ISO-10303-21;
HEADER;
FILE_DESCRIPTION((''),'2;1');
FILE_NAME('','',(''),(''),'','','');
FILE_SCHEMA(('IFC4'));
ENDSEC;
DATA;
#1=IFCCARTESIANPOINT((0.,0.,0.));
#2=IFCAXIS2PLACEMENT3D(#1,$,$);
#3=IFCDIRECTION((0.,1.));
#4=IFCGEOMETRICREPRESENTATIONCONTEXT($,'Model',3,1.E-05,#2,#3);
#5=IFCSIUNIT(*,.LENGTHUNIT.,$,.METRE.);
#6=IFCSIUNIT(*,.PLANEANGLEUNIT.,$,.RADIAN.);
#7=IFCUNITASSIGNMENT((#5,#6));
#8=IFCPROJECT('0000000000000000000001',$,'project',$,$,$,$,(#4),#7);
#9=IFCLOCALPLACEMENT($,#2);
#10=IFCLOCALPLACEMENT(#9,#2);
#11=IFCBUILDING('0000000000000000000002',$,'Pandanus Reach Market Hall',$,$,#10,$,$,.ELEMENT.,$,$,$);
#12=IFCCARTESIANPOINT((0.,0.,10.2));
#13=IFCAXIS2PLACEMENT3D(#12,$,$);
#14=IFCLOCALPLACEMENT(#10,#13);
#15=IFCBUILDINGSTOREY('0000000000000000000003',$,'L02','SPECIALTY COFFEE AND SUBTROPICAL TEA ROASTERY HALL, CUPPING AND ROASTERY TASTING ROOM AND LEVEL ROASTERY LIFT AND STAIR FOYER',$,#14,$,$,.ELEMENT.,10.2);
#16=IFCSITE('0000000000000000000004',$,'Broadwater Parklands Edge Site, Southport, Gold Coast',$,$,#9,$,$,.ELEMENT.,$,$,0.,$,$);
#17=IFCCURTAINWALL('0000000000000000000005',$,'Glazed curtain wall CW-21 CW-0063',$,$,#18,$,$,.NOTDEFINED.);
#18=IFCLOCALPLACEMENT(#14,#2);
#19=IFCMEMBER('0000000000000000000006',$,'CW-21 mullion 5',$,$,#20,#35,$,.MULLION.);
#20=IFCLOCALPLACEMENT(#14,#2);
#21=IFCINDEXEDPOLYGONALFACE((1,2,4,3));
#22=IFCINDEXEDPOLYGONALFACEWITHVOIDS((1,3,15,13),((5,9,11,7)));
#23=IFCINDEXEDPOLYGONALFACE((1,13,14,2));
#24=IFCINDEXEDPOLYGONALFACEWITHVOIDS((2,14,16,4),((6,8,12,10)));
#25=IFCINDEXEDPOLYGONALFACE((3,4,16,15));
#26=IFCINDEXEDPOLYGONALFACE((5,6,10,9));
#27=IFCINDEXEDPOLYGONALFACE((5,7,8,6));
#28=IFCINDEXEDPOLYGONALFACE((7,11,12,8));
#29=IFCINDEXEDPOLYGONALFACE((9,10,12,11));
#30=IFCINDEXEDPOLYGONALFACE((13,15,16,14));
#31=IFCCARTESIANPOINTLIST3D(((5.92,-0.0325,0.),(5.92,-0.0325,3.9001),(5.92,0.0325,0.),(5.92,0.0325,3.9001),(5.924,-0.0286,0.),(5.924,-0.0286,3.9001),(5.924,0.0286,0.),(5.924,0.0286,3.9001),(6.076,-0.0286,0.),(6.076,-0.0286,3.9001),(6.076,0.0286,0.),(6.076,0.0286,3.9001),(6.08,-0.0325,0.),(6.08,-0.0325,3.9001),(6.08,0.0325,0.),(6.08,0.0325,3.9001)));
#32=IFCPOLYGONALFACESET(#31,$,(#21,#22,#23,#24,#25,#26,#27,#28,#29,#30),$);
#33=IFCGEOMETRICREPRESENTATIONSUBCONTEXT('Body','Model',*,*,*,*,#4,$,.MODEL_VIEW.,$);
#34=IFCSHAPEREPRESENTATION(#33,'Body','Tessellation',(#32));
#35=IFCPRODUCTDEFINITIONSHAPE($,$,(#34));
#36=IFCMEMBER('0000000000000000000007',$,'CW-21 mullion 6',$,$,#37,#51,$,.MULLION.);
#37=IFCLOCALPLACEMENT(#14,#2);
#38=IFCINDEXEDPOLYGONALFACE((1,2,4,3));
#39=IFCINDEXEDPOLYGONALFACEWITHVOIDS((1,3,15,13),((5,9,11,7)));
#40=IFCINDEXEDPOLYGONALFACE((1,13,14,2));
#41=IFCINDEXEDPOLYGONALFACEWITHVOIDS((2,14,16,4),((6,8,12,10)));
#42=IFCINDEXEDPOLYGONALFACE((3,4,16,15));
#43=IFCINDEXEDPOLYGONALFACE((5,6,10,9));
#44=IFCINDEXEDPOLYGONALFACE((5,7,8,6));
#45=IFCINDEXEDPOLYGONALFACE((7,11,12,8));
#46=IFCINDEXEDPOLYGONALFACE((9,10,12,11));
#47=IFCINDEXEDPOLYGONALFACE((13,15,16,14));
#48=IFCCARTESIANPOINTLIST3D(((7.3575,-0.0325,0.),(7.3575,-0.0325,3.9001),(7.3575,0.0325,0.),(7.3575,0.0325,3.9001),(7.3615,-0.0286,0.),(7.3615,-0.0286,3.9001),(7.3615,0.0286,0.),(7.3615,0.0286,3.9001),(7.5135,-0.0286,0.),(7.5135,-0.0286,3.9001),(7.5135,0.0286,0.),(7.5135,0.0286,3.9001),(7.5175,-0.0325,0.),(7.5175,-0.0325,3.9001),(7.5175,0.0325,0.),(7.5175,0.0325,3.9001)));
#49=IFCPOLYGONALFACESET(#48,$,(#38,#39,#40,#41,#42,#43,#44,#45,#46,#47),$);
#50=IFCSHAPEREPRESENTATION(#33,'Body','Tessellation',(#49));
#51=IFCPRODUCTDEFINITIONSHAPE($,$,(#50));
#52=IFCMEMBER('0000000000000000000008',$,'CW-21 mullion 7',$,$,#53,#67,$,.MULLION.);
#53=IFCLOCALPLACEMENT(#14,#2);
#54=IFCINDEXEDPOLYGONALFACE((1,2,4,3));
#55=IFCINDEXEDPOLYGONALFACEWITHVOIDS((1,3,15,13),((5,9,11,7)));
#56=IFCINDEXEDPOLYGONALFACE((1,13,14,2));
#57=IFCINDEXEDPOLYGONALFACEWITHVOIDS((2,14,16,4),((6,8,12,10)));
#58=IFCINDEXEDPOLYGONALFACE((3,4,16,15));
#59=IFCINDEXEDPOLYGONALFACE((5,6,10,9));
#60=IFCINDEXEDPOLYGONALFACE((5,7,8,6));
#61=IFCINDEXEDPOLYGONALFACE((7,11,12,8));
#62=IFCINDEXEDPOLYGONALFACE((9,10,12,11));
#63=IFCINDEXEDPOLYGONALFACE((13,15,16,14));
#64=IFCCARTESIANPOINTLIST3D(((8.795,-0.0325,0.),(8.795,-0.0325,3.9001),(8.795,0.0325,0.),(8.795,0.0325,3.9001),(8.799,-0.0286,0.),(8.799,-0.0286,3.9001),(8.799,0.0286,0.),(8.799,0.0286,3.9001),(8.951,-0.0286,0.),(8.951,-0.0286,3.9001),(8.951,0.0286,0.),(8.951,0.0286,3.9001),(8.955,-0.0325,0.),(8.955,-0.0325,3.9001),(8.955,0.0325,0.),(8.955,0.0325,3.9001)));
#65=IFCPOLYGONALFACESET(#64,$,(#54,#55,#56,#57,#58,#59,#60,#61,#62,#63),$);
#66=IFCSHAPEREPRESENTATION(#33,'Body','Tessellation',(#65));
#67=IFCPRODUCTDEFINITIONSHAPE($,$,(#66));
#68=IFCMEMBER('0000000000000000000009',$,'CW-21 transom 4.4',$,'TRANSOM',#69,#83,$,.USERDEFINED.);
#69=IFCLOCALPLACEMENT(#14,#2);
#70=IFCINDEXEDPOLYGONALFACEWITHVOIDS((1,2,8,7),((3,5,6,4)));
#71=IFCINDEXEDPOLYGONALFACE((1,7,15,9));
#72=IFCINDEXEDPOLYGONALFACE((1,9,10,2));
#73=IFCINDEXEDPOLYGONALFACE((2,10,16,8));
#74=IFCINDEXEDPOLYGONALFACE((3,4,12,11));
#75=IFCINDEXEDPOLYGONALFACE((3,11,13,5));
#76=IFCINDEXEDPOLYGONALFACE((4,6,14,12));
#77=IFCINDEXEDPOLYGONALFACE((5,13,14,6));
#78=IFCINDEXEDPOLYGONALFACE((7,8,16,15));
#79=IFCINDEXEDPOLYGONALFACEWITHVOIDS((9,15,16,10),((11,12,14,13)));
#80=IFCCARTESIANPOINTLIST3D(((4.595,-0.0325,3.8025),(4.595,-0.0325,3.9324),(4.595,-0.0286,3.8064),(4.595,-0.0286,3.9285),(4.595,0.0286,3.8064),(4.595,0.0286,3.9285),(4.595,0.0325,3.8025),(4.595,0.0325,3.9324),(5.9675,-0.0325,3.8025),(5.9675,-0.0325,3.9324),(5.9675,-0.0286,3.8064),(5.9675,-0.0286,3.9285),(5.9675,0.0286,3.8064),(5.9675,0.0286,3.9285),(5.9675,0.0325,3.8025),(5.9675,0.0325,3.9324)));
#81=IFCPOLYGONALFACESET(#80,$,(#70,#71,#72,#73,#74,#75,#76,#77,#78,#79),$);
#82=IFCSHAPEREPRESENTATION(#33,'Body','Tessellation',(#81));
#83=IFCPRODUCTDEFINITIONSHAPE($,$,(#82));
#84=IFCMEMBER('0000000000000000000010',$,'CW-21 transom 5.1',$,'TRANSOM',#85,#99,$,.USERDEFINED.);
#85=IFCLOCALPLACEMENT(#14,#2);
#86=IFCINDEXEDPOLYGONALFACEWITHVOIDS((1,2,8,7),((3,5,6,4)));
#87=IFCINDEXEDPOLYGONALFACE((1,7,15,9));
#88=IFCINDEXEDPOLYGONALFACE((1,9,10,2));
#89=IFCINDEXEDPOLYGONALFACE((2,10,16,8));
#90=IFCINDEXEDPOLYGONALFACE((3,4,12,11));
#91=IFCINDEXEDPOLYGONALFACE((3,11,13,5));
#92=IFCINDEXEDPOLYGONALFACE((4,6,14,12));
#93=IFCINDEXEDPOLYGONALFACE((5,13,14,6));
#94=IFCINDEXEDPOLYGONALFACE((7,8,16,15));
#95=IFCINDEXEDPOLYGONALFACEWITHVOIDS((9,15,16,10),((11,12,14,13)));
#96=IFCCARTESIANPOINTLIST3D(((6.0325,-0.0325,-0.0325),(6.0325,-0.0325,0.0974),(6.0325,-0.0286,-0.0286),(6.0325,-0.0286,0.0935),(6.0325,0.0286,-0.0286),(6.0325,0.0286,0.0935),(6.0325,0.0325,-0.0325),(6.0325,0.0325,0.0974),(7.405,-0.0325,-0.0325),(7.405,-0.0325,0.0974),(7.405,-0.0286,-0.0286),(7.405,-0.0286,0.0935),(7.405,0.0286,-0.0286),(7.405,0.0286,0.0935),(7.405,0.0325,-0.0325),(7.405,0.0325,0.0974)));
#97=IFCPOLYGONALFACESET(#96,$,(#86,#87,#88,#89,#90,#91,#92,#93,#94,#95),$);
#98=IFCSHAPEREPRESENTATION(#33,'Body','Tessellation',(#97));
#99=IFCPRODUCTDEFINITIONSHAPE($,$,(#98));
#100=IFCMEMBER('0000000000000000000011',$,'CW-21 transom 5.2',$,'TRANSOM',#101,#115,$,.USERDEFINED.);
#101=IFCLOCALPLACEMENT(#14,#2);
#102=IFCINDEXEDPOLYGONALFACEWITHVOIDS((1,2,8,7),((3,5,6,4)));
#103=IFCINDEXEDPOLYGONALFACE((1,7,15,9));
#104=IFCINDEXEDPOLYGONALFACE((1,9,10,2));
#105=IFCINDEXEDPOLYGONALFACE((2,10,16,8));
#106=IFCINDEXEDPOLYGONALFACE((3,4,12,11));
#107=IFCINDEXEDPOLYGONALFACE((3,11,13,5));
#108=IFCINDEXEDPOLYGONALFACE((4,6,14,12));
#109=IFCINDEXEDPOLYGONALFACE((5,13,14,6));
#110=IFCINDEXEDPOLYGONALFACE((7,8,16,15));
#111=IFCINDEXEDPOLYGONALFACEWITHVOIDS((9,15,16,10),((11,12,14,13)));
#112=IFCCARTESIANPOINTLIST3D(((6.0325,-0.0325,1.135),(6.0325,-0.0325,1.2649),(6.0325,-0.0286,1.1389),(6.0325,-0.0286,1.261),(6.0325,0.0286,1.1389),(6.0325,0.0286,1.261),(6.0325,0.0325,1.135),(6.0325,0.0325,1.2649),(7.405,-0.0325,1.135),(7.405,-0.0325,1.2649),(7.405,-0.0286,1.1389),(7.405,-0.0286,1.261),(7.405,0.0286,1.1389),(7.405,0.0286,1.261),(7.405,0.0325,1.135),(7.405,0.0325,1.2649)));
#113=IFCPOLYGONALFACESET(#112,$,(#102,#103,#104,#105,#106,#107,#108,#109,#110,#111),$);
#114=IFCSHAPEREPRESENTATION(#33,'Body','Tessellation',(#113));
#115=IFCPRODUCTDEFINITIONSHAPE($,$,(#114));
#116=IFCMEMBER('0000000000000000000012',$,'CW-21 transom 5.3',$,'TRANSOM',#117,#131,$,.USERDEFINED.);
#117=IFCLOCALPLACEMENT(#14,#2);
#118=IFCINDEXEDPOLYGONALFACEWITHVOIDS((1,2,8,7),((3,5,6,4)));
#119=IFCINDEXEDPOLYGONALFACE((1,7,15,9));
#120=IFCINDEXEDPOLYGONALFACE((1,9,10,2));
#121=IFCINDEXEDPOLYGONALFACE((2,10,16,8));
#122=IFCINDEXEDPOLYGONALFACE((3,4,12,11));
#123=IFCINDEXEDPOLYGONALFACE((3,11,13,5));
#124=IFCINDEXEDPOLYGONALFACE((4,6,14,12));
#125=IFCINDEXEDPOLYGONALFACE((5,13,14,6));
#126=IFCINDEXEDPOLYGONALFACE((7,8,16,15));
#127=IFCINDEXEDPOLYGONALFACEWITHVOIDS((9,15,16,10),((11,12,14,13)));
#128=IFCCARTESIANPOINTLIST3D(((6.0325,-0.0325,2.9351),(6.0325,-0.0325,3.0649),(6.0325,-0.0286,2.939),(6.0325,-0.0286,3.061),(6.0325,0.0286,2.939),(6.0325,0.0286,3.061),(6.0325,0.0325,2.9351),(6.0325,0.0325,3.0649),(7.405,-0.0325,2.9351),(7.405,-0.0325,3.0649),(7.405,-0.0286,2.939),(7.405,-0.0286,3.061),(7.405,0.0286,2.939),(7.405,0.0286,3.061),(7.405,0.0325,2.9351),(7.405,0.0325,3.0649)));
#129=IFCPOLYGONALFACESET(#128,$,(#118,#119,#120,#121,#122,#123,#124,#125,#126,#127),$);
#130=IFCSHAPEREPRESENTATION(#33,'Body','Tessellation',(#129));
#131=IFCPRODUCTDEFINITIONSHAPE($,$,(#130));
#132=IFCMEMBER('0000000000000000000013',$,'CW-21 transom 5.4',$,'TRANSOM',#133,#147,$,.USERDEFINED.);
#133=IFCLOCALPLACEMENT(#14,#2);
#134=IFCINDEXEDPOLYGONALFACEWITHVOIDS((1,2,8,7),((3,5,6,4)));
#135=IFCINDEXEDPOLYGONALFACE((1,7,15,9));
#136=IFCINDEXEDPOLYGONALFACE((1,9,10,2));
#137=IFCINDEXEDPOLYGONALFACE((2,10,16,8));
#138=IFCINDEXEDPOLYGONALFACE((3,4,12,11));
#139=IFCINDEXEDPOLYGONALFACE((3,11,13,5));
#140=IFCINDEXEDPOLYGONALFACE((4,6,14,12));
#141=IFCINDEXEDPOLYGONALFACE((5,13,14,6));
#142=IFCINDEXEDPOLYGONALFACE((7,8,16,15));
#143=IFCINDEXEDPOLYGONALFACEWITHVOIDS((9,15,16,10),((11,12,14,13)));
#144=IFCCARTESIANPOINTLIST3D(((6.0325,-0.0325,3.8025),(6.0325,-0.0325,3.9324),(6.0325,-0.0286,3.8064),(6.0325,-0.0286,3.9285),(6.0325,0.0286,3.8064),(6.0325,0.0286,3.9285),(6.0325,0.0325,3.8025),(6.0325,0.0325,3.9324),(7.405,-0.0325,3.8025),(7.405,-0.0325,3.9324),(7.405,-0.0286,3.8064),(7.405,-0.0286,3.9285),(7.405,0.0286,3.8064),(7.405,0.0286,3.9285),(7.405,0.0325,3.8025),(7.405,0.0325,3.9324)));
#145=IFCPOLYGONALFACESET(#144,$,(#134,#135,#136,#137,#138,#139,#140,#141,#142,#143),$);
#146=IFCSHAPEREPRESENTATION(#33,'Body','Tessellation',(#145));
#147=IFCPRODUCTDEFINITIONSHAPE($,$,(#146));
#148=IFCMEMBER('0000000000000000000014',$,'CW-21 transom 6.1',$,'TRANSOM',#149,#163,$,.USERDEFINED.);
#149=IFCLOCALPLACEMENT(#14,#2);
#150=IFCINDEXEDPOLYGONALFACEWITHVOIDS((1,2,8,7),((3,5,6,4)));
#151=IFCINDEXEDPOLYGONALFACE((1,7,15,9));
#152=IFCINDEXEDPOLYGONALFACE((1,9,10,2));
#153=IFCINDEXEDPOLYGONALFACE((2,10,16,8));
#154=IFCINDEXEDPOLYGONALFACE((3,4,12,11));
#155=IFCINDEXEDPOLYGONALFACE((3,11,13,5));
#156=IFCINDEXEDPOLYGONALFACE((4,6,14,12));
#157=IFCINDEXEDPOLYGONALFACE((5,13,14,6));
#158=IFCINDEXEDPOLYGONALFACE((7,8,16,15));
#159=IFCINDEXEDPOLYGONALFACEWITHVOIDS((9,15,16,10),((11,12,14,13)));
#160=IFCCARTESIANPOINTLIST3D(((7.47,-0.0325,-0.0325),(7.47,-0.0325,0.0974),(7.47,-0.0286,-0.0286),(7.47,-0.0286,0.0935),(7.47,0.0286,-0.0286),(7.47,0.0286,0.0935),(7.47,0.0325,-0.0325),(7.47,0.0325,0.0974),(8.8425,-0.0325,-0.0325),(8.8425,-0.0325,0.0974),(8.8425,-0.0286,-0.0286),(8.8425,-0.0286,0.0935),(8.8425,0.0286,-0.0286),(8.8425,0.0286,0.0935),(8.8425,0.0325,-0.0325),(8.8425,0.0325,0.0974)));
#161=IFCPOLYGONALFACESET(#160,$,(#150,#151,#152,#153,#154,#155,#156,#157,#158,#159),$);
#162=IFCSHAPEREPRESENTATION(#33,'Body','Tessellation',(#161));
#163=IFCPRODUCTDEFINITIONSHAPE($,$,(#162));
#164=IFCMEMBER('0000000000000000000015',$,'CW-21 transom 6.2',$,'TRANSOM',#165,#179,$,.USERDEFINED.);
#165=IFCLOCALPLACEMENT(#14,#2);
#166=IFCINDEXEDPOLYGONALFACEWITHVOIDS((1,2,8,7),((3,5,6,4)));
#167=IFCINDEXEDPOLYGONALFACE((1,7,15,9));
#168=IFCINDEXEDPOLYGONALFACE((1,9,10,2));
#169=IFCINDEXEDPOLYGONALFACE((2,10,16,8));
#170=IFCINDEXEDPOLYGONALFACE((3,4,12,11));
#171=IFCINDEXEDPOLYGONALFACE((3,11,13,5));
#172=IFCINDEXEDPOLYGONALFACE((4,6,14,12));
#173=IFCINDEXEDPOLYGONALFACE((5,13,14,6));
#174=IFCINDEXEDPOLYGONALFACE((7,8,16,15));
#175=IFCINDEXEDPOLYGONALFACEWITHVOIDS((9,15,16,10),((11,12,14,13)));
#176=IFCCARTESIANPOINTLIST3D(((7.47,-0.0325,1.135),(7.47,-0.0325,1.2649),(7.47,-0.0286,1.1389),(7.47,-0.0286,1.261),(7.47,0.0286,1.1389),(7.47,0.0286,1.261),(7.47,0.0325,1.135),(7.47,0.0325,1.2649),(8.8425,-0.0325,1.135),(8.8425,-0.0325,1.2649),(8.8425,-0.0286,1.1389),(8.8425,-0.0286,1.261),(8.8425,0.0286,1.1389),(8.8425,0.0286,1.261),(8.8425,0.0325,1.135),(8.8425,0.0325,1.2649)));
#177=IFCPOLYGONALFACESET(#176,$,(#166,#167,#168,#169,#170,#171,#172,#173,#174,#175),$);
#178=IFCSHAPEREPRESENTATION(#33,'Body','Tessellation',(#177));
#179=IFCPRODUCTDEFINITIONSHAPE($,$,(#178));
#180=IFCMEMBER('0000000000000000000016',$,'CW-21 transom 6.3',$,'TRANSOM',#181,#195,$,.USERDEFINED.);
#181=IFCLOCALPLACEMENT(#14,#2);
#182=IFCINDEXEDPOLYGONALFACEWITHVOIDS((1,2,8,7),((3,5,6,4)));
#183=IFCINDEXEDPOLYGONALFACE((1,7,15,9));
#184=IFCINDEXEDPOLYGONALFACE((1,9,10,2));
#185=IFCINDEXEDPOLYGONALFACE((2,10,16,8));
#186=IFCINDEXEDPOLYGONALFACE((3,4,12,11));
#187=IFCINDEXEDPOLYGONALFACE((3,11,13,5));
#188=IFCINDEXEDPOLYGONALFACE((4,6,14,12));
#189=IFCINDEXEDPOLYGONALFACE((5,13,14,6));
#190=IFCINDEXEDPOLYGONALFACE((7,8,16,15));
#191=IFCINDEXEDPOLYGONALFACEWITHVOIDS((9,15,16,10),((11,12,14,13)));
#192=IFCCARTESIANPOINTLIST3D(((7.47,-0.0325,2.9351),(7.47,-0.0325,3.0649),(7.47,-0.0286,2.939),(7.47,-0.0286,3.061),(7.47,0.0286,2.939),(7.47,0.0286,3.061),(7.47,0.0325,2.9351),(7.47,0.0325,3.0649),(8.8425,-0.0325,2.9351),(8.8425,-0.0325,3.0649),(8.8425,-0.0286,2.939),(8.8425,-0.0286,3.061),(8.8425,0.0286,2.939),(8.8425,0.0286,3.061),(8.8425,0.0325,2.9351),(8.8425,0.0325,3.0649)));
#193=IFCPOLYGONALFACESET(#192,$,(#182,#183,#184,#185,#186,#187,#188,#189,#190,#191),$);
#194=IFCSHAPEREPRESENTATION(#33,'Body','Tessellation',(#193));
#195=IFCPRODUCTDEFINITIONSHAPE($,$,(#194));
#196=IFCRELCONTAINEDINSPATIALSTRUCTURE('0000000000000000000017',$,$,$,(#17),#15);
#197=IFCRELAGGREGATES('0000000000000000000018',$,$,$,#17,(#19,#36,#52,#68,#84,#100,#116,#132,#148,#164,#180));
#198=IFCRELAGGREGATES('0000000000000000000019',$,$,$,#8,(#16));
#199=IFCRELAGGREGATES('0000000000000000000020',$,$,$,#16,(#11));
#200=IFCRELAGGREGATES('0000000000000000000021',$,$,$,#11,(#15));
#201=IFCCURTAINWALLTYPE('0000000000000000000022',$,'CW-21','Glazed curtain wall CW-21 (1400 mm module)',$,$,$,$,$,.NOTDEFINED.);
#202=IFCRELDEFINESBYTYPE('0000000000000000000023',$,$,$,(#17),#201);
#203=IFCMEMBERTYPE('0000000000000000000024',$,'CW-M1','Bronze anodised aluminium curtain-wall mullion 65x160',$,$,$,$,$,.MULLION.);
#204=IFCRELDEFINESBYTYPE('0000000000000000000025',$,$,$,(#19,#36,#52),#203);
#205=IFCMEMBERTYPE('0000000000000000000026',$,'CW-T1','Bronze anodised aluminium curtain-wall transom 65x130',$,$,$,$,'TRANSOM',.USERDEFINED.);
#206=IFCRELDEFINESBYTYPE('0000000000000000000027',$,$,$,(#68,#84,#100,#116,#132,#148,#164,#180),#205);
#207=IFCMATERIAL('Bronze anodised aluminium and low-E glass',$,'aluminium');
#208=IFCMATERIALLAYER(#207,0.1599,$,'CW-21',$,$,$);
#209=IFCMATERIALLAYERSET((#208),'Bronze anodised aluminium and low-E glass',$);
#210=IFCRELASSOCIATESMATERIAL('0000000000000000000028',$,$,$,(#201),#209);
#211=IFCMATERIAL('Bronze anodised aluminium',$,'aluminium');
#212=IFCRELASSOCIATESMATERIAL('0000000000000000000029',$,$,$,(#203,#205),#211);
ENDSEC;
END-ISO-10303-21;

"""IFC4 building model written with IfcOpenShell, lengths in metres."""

from ifc_helpers import new_model, si_unit, direction, frame, origin, origin_2d, place, context, subcontext, project, spatial, hollow_rectangle, extrude, material, layer, layer_set, material_profile, profile_set, type_object, element, aggregate, save


model = new_model("IFC4")

# Units and contexts
model_context = context("Model", 3, precision=1e-05, world=origin(), true_north=direction((0.0, 1.0)))
body_context = subcontext(model_context, "Body", "Model", "MODEL_VIEW")
ifc_project = project(units=[si_unit("LENGTHUNIT", "METRE"), si_unit("PLANEANGLEUNIT", "RADIAN")], contexts=[model_context])

# Site, building, storey
site_placement = place(None, origin())
site = spatial("IfcSite", under=ifc_project, at=site_placement, Name="Broadwater Parklands Edge Site, Southport, Gold Coast", CompositionType="ELEMENT", RefElevation=0.0)
building_placement = place(site_placement, origin())
building = spatial("IfcBuilding", under=site, at=building_placement, Name="Pandanus Reach Market Hall", CompositionType="ELEMENT")
storey_placement = place(building_placement, frame((0.0, 0.0, 10.2)))
storey = spatial("IfcBuildingStorey", under=building, at=storey_placement, Name="L02", Description="SPECIALTY COFFEE AND SUBTROPICAL TEA ROASTERY HALL, CUPPING AND ROASTERY TASTING ROOM AND LEVEL ROASTERY LIFT AND STAIR FOYER", CompositionType="ELEMENT", Elevation=10.2)

# Curtain wall, members
ifc_material_1 = material(Name="Bronze anodised aluminium and low-E glass", Category="aluminium")
ifc_layer_1 = layer(ifc_material_1, 0.1599, Name="CW-21")
ifc_layer_set_1 = layer_set([ifc_layer_1], Name="Bronze anodised aluminium and low-E glass")
curtain_wall_type = type_object("IfcCurtainWallType", Name="CW-21", Description="Glazed curtain wall CW-21 (1400 mm module)", PredefinedType="NOTDEFINED", material=ifc_layer_set_1)
curtain_wall_placement = place(storey_placement, origin())
curtain_wall = element("IfcCurtainWall", 1, at=curtain_wall_placement, inside=storey, type_object=curtain_wall_type, Name="Glazed curtain wall CW-21 CW-0063", PredefinedType="NOTDEFINED")
ifc_material_2 = material(Name="Bronze anodised aluminium", Category="aluminium")
ifc_material_profile_1 = material_profile(ifc_material_2, hollow_rectangle(XDim=0.0649, YDim=0.1599, WallThickness=0.0039, at=origin_2d()), Name="ALU65x160", Category="LoadBearing")
ifc_profile_set_1 = profile_set([ifc_material_profile_1], Name="Bronze anodised aluminium")
member_type_1 = type_object("IfcMemberType", Name="CW-M1", Description="Bronze anodised aluminium curtain-wall mullion 65x160", PredefinedType="MULLION", material=ifc_profile_set_1)
member_1_placement = place(storey_placement, frame((6.0, 0.0, 0.0), z_axis=(0.0, 0.0, 1.0), x_axis=(0.0, 1.0, 0.0)))
member_1 = element("IfcMember", 2, at=member_1_placement, type_object=member_type_1, Name="CW-21 mullion 5", PredefinedType="MULLION", context=body_context, shape_type="SweptSolid", body=[
    extrude(hollow_rectangle(XDim=0.0649, YDim=0.1599, WallThickness=0.0039, at=origin_2d()), origin(), (0.0, 0.0, 1.0), 3.9001),
])
member_2_placement = place(storey_placement, frame((7.4375, 0.0, 0.0), z_axis=(0.0, 0.0, 1.0), x_axis=(0.0, 1.0, 0.0)))
member_2 = element("IfcMember", 3, at=member_2_placement, type_object=member_type_1, Name="CW-21 mullion 6", PredefinedType="MULLION", context=body_context, shape_type="SweptSolid", body=[
    extrude(hollow_rectangle(XDim=0.0649, YDim=0.1599, WallThickness=0.0039, at=origin_2d()), origin(), (0.0, 0.0, 1.0), 3.9001),
])
member_3_placement = place(storey_placement, frame((8.875, 0.0, 0.0), z_axis=(0.0, 0.0, 1.0), x_axis=(0.0, 1.0, 0.0)))
member_3 = element("IfcMember", 4, at=member_3_placement, type_object=member_type_1, Name="CW-21 mullion 7", PredefinedType="MULLION", context=body_context, shape_type="SweptSolid", body=[
    extrude(hollow_rectangle(XDim=0.0649, YDim=0.1599, WallThickness=0.0039, at=origin_2d()), origin(), (0.0, 0.0, 1.0), 3.9001),
])
ifc_material_profile_2 = material_profile(ifc_material_2, hollow_rectangle(XDim=0.0649, YDim=0.1299, WallThickness=0.0039, at=origin_2d()), Name="ALU65x130", Category="LoadBearing")
ifc_profile_set_2 = profile_set([ifc_material_profile_2], Name="Bronze anodised aluminium")
member_type_2 = type_object("IfcMemberType", Name="CW-T1", Description="Bronze anodised aluminium curtain-wall transom 65x130", ElementType="TRANSOM", PredefinedType="USERDEFINED", material=ifc_profile_set_2)
member_4_placement = place(storey_placement, frame((4.595, 0.0, 3.8674), z_axis=(1.0, 0.0, 0.0), x_axis=(0.0, 1.0, 0.0)))
member_4 = element("IfcMember", 5, at=member_4_placement, type_object=member_type_2, Name="CW-21 transom 4.4", ObjectType="TRANSOM", PredefinedType="USERDEFINED", context=body_context, shape_type="SweptSolid", body=[
    extrude(hollow_rectangle(XDim=0.0649, YDim=0.1299, WallThickness=0.0039, at=origin_2d()), origin(), (0.0, 0.0, 1.0), 1.3726),
])
member_5_placement = place(storey_placement, frame((6.0325, 0.0, 0.0325), z_axis=(1.0, 0.0, 0.0), x_axis=(0.0, 1.0, 0.0)))
member_5 = element("IfcMember", 6, at=member_5_placement, type_object=member_type_2, Name="CW-21 transom 5.1", ObjectType="TRANSOM", PredefinedType="USERDEFINED", context=body_context, shape_type="SweptSolid", body=[
    extrude(hollow_rectangle(XDim=0.0649, YDim=0.1299, WallThickness=0.0039, at=origin_2d()), origin(), (0.0, 0.0, 1.0), 1.3726),
])
member_6_placement = place(storey_placement, frame((6.0325, 0.0, 1.2), z_axis=(1.0, 0.0, 0.0), x_axis=(0.0, 1.0, 0.0)))
member_6 = element("IfcMember", 7, at=member_6_placement, type_object=member_type_2, Name="CW-21 transom 5.2", ObjectType="TRANSOM", PredefinedType="USERDEFINED", context=body_context, shape_type="SweptSolid", body=[
    extrude(hollow_rectangle(XDim=0.0649, YDim=0.1299, WallThickness=0.0039, at=origin_2d()), origin(), (0.0, 0.0, 1.0), 1.3726),
])
member_7_placement = place(storey_placement, frame((6.0325, 0.0, 3.0), z_axis=(1.0, 0.0, 0.0), x_axis=(0.0, 1.0, 0.0)))
member_7 = element("IfcMember", 8, at=member_7_placement, type_object=member_type_2, Name="CW-21 transom 5.3", ObjectType="TRANSOM", PredefinedType="USERDEFINED", context=body_context, shape_type="SweptSolid", body=[
    extrude(hollow_rectangle(XDim=0.0649, YDim=0.1299, WallThickness=0.0039, at=origin_2d()), origin(), (0.0, 0.0, 1.0), 1.3726),
])
member_8_placement = place(storey_placement, frame((6.0325, 0.0, 3.8674), z_axis=(1.0, 0.0, 0.0), x_axis=(0.0, 1.0, 0.0)))
member_8 = element("IfcMember", 9, at=member_8_placement, type_object=member_type_2, Name="CW-21 transom 5.4", ObjectType="TRANSOM", PredefinedType="USERDEFINED", context=body_context, shape_type="SweptSolid", body=[
    extrude(hollow_rectangle(XDim=0.0649, YDim=0.1299, WallThickness=0.0039, at=origin_2d()), origin(), (0.0, 0.0, 1.0), 1.3726),
])
member_9_placement = place(storey_placement, frame((7.47, 0.0, 0.0325), z_axis=(1.0, 0.0, 0.0), x_axis=(0.0, 1.0, 0.0)))
member_9 = element("IfcMember", 10, at=member_9_placement, type_object=member_type_2, Name="CW-21 transom 6.1", ObjectType="TRANSOM", PredefinedType="USERDEFINED", context=body_context, shape_type="SweptSolid", body=[
    extrude(hollow_rectangle(XDim=0.0649, YDim=0.1299, WallThickness=0.0039, at=origin_2d()), origin(), (0.0, 0.0, 1.0), 1.3726),
])
member_10_placement = place(storey_placement, frame((7.47, 0.0, 1.2), z_axis=(1.0, 0.0, 0.0), x_axis=(0.0, 1.0, 0.0)))
member_10 = element("IfcMember", 11, at=member_10_placement, type_object=member_type_2, Name="CW-21 transom 6.2", ObjectType="TRANSOM", PredefinedType="USERDEFINED", context=body_context, shape_type="SweptSolid", body=[
    extrude(hollow_rectangle(XDim=0.0649, YDim=0.1299, WallThickness=0.0039, at=origin_2d()), origin(), (0.0, 0.0, 1.0), 1.3726),
])
member_11_placement = place(storey_placement, frame((7.47, 0.0, 3.0), z_axis=(1.0, 0.0, 0.0), x_axis=(0.0, 1.0, 0.0)))
member_11 = element("IfcMember", 12, at=member_11_placement, type_object=member_type_2, Name="CW-21 transom 6.3", ObjectType="TRANSOM", PredefinedType="USERDEFINED", context=body_context, shape_type="SweptSolid", body=[
    extrude(hollow_rectangle(XDim=0.0649, YDim=0.1299, WallThickness=0.0039, at=origin_2d()), origin(), (0.0, 0.0, 1.0), 1.3726),
])
aggregate(curtain_wall, [member_1, member_2, member_3, member_4, member_5, member_6, member_7, member_8, member_9, member_10, member_11])

save(model, "model.ifc")
